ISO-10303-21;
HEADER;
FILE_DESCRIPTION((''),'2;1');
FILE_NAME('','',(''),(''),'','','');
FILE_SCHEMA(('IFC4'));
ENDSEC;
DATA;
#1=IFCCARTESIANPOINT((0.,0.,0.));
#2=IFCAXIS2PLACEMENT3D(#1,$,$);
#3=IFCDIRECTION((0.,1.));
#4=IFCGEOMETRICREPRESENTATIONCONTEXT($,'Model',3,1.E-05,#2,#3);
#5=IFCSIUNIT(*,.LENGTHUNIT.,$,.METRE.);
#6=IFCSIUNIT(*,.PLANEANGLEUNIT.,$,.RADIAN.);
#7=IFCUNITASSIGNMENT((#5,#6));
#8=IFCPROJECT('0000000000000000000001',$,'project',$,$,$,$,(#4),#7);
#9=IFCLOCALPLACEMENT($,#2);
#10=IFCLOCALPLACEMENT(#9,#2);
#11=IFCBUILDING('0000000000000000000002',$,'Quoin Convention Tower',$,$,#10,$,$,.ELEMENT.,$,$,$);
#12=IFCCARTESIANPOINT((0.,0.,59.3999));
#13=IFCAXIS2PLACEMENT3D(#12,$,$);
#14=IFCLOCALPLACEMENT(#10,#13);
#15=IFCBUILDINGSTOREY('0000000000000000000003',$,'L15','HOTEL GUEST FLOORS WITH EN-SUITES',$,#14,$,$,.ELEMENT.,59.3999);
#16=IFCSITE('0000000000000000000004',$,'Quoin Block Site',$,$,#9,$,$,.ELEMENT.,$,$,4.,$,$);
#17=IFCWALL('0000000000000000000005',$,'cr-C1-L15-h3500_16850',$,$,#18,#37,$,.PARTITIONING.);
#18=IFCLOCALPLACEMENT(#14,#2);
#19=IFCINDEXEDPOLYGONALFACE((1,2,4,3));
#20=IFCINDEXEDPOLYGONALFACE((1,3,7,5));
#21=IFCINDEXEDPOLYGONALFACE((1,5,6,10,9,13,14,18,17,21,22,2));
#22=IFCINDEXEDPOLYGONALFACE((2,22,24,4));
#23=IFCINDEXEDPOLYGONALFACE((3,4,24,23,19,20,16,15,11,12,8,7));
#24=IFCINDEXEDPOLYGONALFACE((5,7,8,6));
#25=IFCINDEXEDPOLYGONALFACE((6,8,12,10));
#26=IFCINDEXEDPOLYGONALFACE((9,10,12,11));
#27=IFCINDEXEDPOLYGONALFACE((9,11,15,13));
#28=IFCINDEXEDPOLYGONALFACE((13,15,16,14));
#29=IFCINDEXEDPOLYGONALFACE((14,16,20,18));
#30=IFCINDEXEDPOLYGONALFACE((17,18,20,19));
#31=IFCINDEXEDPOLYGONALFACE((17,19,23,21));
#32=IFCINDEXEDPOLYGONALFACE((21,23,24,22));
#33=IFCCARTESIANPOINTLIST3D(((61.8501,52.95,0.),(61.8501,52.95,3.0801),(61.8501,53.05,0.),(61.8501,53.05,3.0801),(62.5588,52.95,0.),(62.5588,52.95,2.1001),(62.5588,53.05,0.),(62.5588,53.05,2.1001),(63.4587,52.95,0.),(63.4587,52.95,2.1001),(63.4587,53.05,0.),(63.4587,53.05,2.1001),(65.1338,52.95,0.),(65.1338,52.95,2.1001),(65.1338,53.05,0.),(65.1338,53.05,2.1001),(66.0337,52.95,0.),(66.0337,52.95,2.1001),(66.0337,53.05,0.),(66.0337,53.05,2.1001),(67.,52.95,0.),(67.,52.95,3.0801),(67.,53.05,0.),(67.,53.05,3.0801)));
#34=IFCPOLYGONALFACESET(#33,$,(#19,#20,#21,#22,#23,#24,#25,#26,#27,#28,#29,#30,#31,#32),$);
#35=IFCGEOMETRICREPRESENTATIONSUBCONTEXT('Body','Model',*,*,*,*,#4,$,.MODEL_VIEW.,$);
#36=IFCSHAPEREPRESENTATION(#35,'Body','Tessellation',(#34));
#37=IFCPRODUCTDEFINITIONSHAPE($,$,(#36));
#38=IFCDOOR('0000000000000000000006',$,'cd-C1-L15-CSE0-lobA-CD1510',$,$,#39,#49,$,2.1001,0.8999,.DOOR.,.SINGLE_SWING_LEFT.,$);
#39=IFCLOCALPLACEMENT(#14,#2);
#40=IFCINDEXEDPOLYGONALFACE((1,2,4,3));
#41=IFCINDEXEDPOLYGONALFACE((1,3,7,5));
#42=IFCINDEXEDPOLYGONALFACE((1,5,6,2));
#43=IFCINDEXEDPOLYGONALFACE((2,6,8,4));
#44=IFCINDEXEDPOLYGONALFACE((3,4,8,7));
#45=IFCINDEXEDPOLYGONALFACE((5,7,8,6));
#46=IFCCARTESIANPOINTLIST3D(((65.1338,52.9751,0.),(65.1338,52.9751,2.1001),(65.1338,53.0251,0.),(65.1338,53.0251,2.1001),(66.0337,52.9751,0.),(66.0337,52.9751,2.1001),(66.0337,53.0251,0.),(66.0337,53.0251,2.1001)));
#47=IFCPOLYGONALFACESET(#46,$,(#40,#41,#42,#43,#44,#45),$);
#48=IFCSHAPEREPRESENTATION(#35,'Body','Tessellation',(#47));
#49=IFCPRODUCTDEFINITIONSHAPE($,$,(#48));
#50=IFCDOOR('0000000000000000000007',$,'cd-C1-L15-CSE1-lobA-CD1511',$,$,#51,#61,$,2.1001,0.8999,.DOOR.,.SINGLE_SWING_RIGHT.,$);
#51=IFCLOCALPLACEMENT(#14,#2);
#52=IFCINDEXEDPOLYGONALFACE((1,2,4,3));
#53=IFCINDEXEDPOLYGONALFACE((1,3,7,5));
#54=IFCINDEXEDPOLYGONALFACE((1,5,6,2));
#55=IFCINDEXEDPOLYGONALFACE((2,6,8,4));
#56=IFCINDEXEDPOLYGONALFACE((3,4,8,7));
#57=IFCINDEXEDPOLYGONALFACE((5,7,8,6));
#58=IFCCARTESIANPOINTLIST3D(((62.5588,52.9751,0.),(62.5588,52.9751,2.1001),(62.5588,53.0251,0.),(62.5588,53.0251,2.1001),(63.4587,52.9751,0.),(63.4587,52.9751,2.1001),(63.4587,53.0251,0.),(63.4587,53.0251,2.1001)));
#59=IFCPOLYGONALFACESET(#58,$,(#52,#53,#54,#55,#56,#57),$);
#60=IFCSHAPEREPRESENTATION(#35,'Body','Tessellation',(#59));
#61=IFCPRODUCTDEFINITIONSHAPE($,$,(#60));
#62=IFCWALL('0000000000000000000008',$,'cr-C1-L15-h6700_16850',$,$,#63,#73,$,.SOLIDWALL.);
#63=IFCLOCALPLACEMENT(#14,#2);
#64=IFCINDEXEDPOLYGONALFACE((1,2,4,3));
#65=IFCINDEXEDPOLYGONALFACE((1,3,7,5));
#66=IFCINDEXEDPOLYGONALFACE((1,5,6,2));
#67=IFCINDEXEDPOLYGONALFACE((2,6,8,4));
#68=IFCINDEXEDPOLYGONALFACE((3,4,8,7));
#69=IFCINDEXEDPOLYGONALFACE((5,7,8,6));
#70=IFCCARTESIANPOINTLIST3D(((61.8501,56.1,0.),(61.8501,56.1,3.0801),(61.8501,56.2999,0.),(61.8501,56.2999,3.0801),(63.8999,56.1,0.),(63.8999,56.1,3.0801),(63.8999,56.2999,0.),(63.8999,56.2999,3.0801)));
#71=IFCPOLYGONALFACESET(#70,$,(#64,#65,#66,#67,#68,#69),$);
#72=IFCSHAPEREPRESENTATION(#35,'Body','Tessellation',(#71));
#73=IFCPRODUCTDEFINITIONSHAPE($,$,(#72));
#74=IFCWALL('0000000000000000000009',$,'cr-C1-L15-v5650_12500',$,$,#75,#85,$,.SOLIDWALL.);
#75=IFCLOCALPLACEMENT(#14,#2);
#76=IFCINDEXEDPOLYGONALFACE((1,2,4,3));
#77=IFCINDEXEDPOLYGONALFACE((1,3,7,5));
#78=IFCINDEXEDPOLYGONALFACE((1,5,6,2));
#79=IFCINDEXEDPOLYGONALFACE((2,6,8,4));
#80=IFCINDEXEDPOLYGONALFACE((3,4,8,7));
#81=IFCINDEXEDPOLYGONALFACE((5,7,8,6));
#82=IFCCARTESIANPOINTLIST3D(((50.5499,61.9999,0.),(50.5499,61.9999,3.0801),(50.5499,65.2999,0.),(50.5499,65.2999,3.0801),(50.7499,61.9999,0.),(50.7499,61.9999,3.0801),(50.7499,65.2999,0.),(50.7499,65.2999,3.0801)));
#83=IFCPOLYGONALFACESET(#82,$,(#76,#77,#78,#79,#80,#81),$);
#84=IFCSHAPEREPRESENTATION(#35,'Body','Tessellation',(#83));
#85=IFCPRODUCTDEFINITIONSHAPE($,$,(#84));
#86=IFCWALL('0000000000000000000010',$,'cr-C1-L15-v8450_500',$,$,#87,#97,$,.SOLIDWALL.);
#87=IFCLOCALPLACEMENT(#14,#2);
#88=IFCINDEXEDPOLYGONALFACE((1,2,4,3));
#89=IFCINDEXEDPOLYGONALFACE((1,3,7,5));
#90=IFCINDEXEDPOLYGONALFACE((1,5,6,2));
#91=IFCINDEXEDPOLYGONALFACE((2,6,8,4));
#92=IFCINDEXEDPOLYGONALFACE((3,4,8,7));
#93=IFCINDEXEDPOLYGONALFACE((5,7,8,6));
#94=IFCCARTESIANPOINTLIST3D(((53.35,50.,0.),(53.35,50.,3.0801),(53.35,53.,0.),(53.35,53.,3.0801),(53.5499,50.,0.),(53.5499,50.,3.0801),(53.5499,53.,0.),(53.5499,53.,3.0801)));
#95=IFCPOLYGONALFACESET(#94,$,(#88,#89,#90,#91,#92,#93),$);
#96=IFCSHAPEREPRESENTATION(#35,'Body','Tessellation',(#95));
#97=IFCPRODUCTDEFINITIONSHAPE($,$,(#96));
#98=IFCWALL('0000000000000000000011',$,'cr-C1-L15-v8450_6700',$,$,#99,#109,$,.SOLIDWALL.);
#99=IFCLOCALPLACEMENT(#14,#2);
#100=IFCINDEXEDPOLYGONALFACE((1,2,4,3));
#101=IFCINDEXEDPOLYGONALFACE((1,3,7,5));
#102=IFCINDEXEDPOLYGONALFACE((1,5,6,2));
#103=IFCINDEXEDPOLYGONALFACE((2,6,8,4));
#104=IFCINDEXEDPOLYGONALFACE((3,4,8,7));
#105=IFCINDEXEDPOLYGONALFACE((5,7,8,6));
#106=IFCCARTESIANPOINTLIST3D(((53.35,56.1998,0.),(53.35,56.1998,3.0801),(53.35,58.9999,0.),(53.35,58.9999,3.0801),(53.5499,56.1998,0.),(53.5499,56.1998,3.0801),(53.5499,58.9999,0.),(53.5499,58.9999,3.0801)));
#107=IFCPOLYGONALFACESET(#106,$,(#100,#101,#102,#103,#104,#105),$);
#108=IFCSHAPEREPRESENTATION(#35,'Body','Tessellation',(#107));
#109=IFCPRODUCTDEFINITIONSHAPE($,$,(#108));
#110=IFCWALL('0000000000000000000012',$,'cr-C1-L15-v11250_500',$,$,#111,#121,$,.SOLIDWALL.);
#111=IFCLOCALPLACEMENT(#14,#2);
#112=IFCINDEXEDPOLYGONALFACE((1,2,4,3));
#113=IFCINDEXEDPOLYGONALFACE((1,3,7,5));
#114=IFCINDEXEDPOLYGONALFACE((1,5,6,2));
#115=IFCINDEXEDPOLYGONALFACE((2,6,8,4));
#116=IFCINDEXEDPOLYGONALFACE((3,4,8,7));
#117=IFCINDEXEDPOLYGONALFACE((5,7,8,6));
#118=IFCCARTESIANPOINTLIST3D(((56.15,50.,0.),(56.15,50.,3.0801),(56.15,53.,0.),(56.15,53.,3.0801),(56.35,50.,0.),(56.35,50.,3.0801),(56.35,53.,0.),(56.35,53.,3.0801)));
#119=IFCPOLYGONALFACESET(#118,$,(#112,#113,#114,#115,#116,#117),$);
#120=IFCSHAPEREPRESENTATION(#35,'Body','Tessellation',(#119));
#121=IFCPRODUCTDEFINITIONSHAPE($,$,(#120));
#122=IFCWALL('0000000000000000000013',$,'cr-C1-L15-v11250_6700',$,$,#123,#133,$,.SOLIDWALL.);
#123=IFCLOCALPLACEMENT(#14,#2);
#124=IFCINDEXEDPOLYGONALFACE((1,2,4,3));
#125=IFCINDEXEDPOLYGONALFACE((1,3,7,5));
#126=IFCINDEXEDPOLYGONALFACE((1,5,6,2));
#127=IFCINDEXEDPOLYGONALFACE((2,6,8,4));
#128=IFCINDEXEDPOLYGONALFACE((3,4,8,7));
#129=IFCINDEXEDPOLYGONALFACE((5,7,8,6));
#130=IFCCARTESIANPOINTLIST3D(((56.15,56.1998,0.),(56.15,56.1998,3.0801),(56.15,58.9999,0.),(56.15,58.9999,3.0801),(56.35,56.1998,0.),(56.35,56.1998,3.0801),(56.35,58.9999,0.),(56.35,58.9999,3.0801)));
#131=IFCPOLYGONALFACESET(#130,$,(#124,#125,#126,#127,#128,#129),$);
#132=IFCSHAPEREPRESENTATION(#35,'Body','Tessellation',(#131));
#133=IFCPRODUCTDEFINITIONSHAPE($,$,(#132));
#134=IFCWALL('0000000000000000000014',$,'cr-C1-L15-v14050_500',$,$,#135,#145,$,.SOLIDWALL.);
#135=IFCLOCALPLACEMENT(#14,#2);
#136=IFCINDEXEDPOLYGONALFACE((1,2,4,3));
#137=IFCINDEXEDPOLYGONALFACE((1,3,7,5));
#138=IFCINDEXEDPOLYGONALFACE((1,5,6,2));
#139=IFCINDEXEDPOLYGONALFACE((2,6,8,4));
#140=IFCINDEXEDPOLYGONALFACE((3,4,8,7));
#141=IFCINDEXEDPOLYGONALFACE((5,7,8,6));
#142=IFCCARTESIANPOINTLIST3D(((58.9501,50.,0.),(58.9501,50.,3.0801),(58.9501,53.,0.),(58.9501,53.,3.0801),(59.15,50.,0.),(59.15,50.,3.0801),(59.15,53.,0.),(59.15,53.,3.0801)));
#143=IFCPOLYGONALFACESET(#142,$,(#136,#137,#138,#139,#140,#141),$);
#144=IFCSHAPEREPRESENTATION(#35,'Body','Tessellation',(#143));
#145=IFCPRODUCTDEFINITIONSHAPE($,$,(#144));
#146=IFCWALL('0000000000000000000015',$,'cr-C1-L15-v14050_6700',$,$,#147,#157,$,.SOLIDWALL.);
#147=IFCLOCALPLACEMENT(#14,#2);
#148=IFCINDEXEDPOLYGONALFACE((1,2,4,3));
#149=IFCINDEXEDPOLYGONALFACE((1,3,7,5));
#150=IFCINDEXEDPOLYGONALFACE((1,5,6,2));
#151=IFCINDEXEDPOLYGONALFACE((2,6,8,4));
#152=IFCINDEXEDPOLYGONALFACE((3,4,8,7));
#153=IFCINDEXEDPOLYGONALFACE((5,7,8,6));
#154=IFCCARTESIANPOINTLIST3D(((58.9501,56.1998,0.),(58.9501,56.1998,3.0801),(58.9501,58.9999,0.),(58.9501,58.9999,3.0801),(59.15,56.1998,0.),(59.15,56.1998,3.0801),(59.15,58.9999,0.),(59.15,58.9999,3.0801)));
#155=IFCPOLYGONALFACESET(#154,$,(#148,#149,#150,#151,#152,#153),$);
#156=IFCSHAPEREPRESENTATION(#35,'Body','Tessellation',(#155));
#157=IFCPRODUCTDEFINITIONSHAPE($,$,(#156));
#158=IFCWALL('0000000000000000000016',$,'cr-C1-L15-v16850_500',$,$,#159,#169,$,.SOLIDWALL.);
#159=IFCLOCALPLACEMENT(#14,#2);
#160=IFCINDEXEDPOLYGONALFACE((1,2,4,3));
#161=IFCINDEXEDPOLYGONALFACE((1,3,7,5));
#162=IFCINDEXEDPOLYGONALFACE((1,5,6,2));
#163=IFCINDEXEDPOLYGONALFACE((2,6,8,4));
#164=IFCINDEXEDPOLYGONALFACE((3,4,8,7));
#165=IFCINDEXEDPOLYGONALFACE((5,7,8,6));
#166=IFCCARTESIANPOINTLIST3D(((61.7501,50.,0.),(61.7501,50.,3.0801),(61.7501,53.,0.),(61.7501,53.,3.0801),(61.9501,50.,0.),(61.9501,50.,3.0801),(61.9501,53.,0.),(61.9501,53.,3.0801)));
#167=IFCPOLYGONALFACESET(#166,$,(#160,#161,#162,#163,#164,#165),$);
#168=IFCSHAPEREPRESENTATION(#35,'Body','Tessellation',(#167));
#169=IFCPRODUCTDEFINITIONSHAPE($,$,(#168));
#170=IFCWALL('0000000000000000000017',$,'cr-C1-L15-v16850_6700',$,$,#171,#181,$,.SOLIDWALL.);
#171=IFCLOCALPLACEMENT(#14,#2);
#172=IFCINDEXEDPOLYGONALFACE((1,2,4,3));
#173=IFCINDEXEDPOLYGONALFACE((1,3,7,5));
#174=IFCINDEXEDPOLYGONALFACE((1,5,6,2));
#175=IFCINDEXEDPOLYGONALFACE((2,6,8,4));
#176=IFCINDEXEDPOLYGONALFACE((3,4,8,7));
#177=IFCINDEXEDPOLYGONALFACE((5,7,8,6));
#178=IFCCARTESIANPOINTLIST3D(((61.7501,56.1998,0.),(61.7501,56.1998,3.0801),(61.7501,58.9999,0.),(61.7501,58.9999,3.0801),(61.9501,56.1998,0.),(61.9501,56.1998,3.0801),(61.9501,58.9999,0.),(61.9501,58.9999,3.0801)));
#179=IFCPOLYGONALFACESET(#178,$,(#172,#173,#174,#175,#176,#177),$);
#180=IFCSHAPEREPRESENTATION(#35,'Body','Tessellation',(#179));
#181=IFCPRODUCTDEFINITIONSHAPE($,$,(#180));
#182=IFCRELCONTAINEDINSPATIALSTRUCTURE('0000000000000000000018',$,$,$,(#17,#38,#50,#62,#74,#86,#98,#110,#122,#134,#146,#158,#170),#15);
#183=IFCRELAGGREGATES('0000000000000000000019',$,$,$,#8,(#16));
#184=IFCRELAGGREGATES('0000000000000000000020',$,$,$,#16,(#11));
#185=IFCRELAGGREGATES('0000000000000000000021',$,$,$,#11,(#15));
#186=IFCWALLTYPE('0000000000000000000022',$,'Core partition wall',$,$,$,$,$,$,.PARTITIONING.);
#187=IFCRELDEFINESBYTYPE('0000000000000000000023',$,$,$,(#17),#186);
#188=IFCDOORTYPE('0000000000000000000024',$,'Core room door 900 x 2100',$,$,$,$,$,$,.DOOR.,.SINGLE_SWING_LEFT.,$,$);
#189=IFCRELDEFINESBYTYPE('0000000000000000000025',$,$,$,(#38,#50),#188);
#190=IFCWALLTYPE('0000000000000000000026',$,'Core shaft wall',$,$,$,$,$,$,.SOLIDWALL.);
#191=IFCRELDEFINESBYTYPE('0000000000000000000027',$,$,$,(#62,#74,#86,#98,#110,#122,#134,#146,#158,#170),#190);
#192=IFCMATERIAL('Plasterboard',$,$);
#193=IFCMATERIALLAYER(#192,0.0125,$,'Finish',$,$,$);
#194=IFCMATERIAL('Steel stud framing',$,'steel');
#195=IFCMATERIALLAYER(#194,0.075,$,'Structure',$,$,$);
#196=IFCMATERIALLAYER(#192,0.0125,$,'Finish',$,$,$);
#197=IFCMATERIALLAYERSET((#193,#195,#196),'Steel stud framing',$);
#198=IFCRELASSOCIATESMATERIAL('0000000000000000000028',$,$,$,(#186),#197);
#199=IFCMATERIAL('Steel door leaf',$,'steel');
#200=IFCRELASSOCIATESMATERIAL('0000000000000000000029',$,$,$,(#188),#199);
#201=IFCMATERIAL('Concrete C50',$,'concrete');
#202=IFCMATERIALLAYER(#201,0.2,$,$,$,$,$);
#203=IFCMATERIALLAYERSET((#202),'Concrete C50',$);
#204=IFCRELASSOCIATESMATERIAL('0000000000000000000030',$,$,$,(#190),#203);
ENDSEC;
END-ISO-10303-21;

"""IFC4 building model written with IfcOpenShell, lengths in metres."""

from ifc_helpers import new_model, si_unit, direction, frame, frame_2d, origin, place, context, subcontext, project, spatial, rectangle, extrude, material, layer, layer_set, type_object, element, fill, save


model = new_model("IFC4")

# Units and contexts
model_context = context("Model", 3, precision=1e-05, world=origin(), true_north=direction((0.0, 1.0)))
body_context = subcontext(model_context, "Body", "Model", "MODEL_VIEW")
ifc_project = project(units=[si_unit("LENGTHUNIT", "METRE"), si_unit("PLANEANGLEUNIT", "RADIAN")], contexts=[model_context])

# Site, building, storey
site_placement = place(None, origin())
site = spatial("IfcSite", under=ifc_project, at=site_placement, Name="Quoin Block Site", CompositionType="ELEMENT", RefElevation=4.0)
building_placement = place(site_placement, origin())
building = spatial("IfcBuilding", under=site, at=building_placement, Name="Quoin Convention Tower", CompositionType="ELEMENT")
storey_placement = place(building_placement, frame((0.0, 0.0, 59.3999)))
storey = spatial("IfcBuildingStorey", under=building, at=storey_placement, Name="L15", Description="HOTEL GUEST FLOORS WITH EN-SUITES", CompositionType="ELEMENT", Elevation=59.3999)

# Wall, openings, doors
ifc_material_1 = material(Name="Plasterboard")
ifc_layer_1 = layer(ifc_material_1, 0.0125, Name="Finish")
ifc_material_2 = material(Name="Steel stud framing", Category="steel")
ifc_layer_2 = layer(ifc_material_2, 0.075, Name="Structure")
ifc_layer_3 = layer(ifc_material_1, 0.0125, Name="Finish")
ifc_layer_set_1 = layer_set([ifc_layer_1, ifc_layer_2, ifc_layer_3], Name="Steel stud framing")
wall_type_1 = type_object("IfcWallType", Name="Core partition wall", PredefinedType="PARTITIONING", material=ifc_layer_set_1)
wall_1_placement = place(storey_placement, frame((61.8501, 53.0, 0.0), z_axis=(0.0, 0.0, 1.0), x_axis=(1.0, 0.0, 0.0)))
wall_1 = element("IfcWall", 1, at=wall_1_placement, inside=storey, type_object=wall_type_1, Name="cr-C1-L15-h3500_16850", PredefinedType="PARTITIONING", context=body_context, shape_type="SweptSolid", body=[
    extrude(rectangle(XDim=5.1499, YDim=0.1001, at=frame_2d((2.575, 0.0))), origin(), (0.0, 0.0, 1.0), 3.0801),
])
opening_1_placement = place(wall_1_placement, frame((3.2837, 0.0, 0.0)))
opening_1 = element("IfcOpeningElement", 2, at=opening_1_placement, cuts=wall_1, PredefinedType="OPENING", context=body_context, shape_type="SweptSolid", body=[
    extrude(rectangle(XDim=0.8999, YDim=2.1001, at=frame_2d((0.45, 1.05))), frame((0.0, 0.0601, 0.0), z_axis=(0.0, -1.0, 0.0), x_axis=(1.0, 0.0, 0.0)), (0.0, 0.0, 1.0), 0.1201),
])
opening_2_placement = place(wall_1_placement, frame((0.7087, 0.0, 0.0)))
opening_2 = element("IfcOpeningElement", 3, at=opening_2_placement, cuts=wall_1, PredefinedType="OPENING", context=body_context, shape_type="SweptSolid", body=[
    extrude(rectangle(XDim=0.8999, YDim=2.1001, at=frame_2d((0.45, 1.05))), frame((0.0, 0.0601, 0.0), z_axis=(0.0, -1.0, 0.0), x_axis=(1.0, 0.0, 0.0)), (0.0, 0.0, 1.0), 0.1201),
])
ifc_material_3 = material(Name="Steel door leaf", Category="steel")
door_type_1 = type_object("IfcDoorType", Name="Core room door 900 x 2100", OperationType="SINGLE_SWING_LEFT", PredefinedType="DOOR", material=ifc_material_3)
door_1_placement = place(opening_1_placement, frame((0.8999, 0.0, 0.0), z_axis=(0.0, 0.0, 1.0), x_axis=(-1.0, 0.0, 0.0)))
door_1 = element("IfcDoor", 4, at=door_1_placement, inside=storey, type_object=door_type_1, Name="cd-C1-L15-CSE0-lobA-CD1510", OperationType="SINGLE_SWING_LEFT", OverallHeight=2.1001, OverallWidth=0.8999, PredefinedType="DOOR", context=body_context, shape_type="SweptSolid", body=[
    extrude(rectangle(XDim=0.8999, YDim=2.1001, at=frame_2d((0.45, 1.05))), frame((0.0, 0.0249, 0.0), z_axis=(0.0, -1.0, 0.0), x_axis=(1.0, 0.0, 0.0)), (0.0, 0.0, 1.0), 0.05),
])
fill(opening_1, door_1)
door_2_placement = place(opening_2_placement, frame((0.8999, 0.0, 0.0), z_axis=(0.0, 0.0, 1.0), x_axis=(-1.0, 0.0, 0.0)))
door_2 = element("IfcDoor", 5, at=door_2_placement, inside=storey, type_object=door_type_1, Name="cd-C1-L15-CSE1-lobA-CD1511", OperationType="SINGLE_SWING_RIGHT", OverallHeight=2.1001, OverallWidth=0.8999, PredefinedType="DOOR", context=body_context, shape_type="SweptSolid", body=[
    extrude(rectangle(XDim=0.8999, YDim=2.1001, at=frame_2d((0.45, 1.05))), frame((0.0, 0.0249, 0.0), z_axis=(0.0, -1.0, 0.0), x_axis=(1.0, 0.0, 0.0)), (0.0, 0.0, 1.0), 0.05),
])
fill(opening_2, door_2)

# Walls
ifc_material_4 = material(Name="Concrete C50", Category="concrete")
ifc_layer_4 = layer(ifc_material_4, 0.2)
ifc_layer_set_2 = layer_set([ifc_layer_4], Name="Concrete C50")
wall_type_2 = type_object("IfcWallType", Name="Core shaft wall", PredefinedType="SOLIDWALL", material=ifc_layer_set_2)
wall_2_placement = place(storey_placement, frame((61.8501, 56.2, 0.0), z_axis=(0.0, 0.0, 1.0), x_axis=(1.0, 0.0, 0.0)))
element("IfcWall", 6, at=wall_2_placement, inside=storey, type_object=wall_type_2, Name="cr-C1-L15-h6700_16850", PredefinedType="SOLIDWALL", context=body_context, shape_type="SweptSolid", body=[
    extrude(rectangle(XDim=2.0498, YDim=0.2, at=frame_2d((1.0249, 0.0))), origin(), (0.0, 0.0, 1.0), 3.0801),
])
wall_3_placement = place(storey_placement, frame((50.6499, 62.0, 0.0), z_axis=(0.0, 0.0, 1.0), x_axis=(0.0, 1.0, 0.0)))
element("IfcWall", 7, at=wall_3_placement, inside=storey, type_object=wall_type_2, Name="cr-C1-L15-v5650_12500", PredefinedType="SOLIDWALL", context=body_context, shape_type="SweptSolid", body=[
    extrude(rectangle(XDim=3.3, YDim=0.2, at=frame_2d((1.6499, 0.0))), origin(), (0.0, 0.0, 1.0), 3.0801),
])
wall_4_placement = place(storey_placement, frame((53.45, 50.0, 0.0), z_axis=(0.0, 0.0, 1.0), x_axis=(0.0, 1.0, 0.0)))
element("IfcWall", 8, at=wall_4_placement, inside=storey, type_object=wall_type_2, Name="cr-C1-L15-v8450_500", PredefinedType="SOLIDWALL", context=body_context, shape_type="SweptSolid", body=[
    extrude(rectangle(XDim=3.0, YDim=0.2, at=frame_2d((1.5, 0.0))), origin(), (0.0, 0.0, 1.0), 3.0801),
])
wall_5_placement = place(storey_placement, frame((53.45, 56.2, 0.0), z_axis=(0.0, 0.0, 1.0), x_axis=(0.0, 1.0, 0.0)))
element("IfcWall", 9, at=wall_5_placement, inside=storey, type_object=wall_type_2, Name="cr-C1-L15-v8450_6700", PredefinedType="SOLIDWALL", context=body_context, shape_type="SweptSolid", body=[
    extrude(rectangle(XDim=2.8, YDim=0.2, at=frame_2d((1.3999, 0.0))), origin(), (0.0, 0.0, 1.0), 3.0801),
])
wall_6_placement = place(storey_placement, frame((56.25, 50.0, 0.0), z_axis=(0.0, 0.0, 1.0), x_axis=(0.0, 1.0, 0.0)))
element("IfcWall", 10, at=wall_6_placement, inside=storey, type_object=wall_type_2, Name="cr-C1-L15-v11250_500", PredefinedType="SOLIDWALL", context=body_context, shape_type="SweptSolid", body=[
    extrude(rectangle(XDim=3.0, YDim=0.2, at=frame_2d((1.5, 0.0))), origin(), (0.0, 0.0, 1.0), 3.0801),
])
wall_7_placement = place(storey_placement, frame((56.25, 56.2, 0.0), z_axis=(0.0, 0.0, 1.0), x_axis=(0.0, 1.0, 0.0)))
element("IfcWall", 11, at=wall_7_placement, inside=storey, type_object=wall_type_2, Name="cr-C1-L15-v11250_6700", PredefinedType="SOLIDWALL", context=body_context, shape_type="SweptSolid", body=[
    extrude(rectangle(XDim=2.8, YDim=0.2, at=frame_2d((1.3999, 0.0))), origin(), (0.0, 0.0, 1.0), 3.0801),
])
wall_8_placement = place(storey_placement, frame((59.05, 50.0, 0.0), z_axis=(0.0, 0.0, 1.0), x_axis=(0.0, 1.0, 0.0)))
element("IfcWall", 12, at=wall_8_placement, inside=storey, type_object=wall_type_2, Name="cr-C1-L15-v14050_500", PredefinedType="SOLIDWALL", context=body_context, shape_type="SweptSolid", body=[
    extrude(rectangle(XDim=3.0, YDim=0.2, at=frame_2d((1.5, 0.0))), origin(), (0.0, 0.0, 1.0), 3.0801),
])
wall_9_placement = place(storey_placement, frame((59.05, 56.2, 0.0), z_axis=(0.0, 0.0, 1.0), x_axis=(0.0, 1.0, 0.0)))
element("IfcWall", 13, at=wall_9_placement, inside=storey, type_object=wall_type_2, Name="cr-C1-L15-v14050_6700", PredefinedType="SOLIDWALL", context=body_context, shape_type="SweptSolid", body=[
    extrude(rectangle(XDim=2.8, YDim=0.2, at=frame_2d((1.3999, 0.0))), origin(), (0.0, 0.0, 1.0), 3.0801),
])
wall_10_placement = place(storey_placement, frame((61.8501, 50.0, 0.0), z_axis=(0.0, 0.0, 1.0), x_axis=(0.0, 1.0, 0.0)))
element("IfcWall", 14, at=wall_10_placement, inside=storey, type_object=wall_type_2, Name="cr-C1-L15-v16850_500", PredefinedType="SOLIDWALL", context=body_context, shape_type="SweptSolid", body=[
    extrude(rectangle(XDim=3.0, YDim=0.2, at=frame_2d((1.5, 0.0))), origin(), (0.0, 0.0, 1.0), 3.0801),
])
wall_11_placement = place(storey_placement, frame((61.8501, 56.2, 0.0), z_axis=(0.0, 0.0, 1.0), x_axis=(0.0, 1.0, 0.0)))
element("IfcWall", 15, at=wall_11_placement, inside=storey, type_object=wall_type_2, Name="cr-C1-L15-v16850_6700", PredefinedType="SOLIDWALL", context=body_context, shape_type="SweptSolid", body=[
    extrude(rectangle(XDim=2.8, YDim=0.2, at=frame_2d((1.3999, 0.0))), origin(), (0.0, 0.0, 1.0), 3.0801),
])

save(model, "model.ifc")
